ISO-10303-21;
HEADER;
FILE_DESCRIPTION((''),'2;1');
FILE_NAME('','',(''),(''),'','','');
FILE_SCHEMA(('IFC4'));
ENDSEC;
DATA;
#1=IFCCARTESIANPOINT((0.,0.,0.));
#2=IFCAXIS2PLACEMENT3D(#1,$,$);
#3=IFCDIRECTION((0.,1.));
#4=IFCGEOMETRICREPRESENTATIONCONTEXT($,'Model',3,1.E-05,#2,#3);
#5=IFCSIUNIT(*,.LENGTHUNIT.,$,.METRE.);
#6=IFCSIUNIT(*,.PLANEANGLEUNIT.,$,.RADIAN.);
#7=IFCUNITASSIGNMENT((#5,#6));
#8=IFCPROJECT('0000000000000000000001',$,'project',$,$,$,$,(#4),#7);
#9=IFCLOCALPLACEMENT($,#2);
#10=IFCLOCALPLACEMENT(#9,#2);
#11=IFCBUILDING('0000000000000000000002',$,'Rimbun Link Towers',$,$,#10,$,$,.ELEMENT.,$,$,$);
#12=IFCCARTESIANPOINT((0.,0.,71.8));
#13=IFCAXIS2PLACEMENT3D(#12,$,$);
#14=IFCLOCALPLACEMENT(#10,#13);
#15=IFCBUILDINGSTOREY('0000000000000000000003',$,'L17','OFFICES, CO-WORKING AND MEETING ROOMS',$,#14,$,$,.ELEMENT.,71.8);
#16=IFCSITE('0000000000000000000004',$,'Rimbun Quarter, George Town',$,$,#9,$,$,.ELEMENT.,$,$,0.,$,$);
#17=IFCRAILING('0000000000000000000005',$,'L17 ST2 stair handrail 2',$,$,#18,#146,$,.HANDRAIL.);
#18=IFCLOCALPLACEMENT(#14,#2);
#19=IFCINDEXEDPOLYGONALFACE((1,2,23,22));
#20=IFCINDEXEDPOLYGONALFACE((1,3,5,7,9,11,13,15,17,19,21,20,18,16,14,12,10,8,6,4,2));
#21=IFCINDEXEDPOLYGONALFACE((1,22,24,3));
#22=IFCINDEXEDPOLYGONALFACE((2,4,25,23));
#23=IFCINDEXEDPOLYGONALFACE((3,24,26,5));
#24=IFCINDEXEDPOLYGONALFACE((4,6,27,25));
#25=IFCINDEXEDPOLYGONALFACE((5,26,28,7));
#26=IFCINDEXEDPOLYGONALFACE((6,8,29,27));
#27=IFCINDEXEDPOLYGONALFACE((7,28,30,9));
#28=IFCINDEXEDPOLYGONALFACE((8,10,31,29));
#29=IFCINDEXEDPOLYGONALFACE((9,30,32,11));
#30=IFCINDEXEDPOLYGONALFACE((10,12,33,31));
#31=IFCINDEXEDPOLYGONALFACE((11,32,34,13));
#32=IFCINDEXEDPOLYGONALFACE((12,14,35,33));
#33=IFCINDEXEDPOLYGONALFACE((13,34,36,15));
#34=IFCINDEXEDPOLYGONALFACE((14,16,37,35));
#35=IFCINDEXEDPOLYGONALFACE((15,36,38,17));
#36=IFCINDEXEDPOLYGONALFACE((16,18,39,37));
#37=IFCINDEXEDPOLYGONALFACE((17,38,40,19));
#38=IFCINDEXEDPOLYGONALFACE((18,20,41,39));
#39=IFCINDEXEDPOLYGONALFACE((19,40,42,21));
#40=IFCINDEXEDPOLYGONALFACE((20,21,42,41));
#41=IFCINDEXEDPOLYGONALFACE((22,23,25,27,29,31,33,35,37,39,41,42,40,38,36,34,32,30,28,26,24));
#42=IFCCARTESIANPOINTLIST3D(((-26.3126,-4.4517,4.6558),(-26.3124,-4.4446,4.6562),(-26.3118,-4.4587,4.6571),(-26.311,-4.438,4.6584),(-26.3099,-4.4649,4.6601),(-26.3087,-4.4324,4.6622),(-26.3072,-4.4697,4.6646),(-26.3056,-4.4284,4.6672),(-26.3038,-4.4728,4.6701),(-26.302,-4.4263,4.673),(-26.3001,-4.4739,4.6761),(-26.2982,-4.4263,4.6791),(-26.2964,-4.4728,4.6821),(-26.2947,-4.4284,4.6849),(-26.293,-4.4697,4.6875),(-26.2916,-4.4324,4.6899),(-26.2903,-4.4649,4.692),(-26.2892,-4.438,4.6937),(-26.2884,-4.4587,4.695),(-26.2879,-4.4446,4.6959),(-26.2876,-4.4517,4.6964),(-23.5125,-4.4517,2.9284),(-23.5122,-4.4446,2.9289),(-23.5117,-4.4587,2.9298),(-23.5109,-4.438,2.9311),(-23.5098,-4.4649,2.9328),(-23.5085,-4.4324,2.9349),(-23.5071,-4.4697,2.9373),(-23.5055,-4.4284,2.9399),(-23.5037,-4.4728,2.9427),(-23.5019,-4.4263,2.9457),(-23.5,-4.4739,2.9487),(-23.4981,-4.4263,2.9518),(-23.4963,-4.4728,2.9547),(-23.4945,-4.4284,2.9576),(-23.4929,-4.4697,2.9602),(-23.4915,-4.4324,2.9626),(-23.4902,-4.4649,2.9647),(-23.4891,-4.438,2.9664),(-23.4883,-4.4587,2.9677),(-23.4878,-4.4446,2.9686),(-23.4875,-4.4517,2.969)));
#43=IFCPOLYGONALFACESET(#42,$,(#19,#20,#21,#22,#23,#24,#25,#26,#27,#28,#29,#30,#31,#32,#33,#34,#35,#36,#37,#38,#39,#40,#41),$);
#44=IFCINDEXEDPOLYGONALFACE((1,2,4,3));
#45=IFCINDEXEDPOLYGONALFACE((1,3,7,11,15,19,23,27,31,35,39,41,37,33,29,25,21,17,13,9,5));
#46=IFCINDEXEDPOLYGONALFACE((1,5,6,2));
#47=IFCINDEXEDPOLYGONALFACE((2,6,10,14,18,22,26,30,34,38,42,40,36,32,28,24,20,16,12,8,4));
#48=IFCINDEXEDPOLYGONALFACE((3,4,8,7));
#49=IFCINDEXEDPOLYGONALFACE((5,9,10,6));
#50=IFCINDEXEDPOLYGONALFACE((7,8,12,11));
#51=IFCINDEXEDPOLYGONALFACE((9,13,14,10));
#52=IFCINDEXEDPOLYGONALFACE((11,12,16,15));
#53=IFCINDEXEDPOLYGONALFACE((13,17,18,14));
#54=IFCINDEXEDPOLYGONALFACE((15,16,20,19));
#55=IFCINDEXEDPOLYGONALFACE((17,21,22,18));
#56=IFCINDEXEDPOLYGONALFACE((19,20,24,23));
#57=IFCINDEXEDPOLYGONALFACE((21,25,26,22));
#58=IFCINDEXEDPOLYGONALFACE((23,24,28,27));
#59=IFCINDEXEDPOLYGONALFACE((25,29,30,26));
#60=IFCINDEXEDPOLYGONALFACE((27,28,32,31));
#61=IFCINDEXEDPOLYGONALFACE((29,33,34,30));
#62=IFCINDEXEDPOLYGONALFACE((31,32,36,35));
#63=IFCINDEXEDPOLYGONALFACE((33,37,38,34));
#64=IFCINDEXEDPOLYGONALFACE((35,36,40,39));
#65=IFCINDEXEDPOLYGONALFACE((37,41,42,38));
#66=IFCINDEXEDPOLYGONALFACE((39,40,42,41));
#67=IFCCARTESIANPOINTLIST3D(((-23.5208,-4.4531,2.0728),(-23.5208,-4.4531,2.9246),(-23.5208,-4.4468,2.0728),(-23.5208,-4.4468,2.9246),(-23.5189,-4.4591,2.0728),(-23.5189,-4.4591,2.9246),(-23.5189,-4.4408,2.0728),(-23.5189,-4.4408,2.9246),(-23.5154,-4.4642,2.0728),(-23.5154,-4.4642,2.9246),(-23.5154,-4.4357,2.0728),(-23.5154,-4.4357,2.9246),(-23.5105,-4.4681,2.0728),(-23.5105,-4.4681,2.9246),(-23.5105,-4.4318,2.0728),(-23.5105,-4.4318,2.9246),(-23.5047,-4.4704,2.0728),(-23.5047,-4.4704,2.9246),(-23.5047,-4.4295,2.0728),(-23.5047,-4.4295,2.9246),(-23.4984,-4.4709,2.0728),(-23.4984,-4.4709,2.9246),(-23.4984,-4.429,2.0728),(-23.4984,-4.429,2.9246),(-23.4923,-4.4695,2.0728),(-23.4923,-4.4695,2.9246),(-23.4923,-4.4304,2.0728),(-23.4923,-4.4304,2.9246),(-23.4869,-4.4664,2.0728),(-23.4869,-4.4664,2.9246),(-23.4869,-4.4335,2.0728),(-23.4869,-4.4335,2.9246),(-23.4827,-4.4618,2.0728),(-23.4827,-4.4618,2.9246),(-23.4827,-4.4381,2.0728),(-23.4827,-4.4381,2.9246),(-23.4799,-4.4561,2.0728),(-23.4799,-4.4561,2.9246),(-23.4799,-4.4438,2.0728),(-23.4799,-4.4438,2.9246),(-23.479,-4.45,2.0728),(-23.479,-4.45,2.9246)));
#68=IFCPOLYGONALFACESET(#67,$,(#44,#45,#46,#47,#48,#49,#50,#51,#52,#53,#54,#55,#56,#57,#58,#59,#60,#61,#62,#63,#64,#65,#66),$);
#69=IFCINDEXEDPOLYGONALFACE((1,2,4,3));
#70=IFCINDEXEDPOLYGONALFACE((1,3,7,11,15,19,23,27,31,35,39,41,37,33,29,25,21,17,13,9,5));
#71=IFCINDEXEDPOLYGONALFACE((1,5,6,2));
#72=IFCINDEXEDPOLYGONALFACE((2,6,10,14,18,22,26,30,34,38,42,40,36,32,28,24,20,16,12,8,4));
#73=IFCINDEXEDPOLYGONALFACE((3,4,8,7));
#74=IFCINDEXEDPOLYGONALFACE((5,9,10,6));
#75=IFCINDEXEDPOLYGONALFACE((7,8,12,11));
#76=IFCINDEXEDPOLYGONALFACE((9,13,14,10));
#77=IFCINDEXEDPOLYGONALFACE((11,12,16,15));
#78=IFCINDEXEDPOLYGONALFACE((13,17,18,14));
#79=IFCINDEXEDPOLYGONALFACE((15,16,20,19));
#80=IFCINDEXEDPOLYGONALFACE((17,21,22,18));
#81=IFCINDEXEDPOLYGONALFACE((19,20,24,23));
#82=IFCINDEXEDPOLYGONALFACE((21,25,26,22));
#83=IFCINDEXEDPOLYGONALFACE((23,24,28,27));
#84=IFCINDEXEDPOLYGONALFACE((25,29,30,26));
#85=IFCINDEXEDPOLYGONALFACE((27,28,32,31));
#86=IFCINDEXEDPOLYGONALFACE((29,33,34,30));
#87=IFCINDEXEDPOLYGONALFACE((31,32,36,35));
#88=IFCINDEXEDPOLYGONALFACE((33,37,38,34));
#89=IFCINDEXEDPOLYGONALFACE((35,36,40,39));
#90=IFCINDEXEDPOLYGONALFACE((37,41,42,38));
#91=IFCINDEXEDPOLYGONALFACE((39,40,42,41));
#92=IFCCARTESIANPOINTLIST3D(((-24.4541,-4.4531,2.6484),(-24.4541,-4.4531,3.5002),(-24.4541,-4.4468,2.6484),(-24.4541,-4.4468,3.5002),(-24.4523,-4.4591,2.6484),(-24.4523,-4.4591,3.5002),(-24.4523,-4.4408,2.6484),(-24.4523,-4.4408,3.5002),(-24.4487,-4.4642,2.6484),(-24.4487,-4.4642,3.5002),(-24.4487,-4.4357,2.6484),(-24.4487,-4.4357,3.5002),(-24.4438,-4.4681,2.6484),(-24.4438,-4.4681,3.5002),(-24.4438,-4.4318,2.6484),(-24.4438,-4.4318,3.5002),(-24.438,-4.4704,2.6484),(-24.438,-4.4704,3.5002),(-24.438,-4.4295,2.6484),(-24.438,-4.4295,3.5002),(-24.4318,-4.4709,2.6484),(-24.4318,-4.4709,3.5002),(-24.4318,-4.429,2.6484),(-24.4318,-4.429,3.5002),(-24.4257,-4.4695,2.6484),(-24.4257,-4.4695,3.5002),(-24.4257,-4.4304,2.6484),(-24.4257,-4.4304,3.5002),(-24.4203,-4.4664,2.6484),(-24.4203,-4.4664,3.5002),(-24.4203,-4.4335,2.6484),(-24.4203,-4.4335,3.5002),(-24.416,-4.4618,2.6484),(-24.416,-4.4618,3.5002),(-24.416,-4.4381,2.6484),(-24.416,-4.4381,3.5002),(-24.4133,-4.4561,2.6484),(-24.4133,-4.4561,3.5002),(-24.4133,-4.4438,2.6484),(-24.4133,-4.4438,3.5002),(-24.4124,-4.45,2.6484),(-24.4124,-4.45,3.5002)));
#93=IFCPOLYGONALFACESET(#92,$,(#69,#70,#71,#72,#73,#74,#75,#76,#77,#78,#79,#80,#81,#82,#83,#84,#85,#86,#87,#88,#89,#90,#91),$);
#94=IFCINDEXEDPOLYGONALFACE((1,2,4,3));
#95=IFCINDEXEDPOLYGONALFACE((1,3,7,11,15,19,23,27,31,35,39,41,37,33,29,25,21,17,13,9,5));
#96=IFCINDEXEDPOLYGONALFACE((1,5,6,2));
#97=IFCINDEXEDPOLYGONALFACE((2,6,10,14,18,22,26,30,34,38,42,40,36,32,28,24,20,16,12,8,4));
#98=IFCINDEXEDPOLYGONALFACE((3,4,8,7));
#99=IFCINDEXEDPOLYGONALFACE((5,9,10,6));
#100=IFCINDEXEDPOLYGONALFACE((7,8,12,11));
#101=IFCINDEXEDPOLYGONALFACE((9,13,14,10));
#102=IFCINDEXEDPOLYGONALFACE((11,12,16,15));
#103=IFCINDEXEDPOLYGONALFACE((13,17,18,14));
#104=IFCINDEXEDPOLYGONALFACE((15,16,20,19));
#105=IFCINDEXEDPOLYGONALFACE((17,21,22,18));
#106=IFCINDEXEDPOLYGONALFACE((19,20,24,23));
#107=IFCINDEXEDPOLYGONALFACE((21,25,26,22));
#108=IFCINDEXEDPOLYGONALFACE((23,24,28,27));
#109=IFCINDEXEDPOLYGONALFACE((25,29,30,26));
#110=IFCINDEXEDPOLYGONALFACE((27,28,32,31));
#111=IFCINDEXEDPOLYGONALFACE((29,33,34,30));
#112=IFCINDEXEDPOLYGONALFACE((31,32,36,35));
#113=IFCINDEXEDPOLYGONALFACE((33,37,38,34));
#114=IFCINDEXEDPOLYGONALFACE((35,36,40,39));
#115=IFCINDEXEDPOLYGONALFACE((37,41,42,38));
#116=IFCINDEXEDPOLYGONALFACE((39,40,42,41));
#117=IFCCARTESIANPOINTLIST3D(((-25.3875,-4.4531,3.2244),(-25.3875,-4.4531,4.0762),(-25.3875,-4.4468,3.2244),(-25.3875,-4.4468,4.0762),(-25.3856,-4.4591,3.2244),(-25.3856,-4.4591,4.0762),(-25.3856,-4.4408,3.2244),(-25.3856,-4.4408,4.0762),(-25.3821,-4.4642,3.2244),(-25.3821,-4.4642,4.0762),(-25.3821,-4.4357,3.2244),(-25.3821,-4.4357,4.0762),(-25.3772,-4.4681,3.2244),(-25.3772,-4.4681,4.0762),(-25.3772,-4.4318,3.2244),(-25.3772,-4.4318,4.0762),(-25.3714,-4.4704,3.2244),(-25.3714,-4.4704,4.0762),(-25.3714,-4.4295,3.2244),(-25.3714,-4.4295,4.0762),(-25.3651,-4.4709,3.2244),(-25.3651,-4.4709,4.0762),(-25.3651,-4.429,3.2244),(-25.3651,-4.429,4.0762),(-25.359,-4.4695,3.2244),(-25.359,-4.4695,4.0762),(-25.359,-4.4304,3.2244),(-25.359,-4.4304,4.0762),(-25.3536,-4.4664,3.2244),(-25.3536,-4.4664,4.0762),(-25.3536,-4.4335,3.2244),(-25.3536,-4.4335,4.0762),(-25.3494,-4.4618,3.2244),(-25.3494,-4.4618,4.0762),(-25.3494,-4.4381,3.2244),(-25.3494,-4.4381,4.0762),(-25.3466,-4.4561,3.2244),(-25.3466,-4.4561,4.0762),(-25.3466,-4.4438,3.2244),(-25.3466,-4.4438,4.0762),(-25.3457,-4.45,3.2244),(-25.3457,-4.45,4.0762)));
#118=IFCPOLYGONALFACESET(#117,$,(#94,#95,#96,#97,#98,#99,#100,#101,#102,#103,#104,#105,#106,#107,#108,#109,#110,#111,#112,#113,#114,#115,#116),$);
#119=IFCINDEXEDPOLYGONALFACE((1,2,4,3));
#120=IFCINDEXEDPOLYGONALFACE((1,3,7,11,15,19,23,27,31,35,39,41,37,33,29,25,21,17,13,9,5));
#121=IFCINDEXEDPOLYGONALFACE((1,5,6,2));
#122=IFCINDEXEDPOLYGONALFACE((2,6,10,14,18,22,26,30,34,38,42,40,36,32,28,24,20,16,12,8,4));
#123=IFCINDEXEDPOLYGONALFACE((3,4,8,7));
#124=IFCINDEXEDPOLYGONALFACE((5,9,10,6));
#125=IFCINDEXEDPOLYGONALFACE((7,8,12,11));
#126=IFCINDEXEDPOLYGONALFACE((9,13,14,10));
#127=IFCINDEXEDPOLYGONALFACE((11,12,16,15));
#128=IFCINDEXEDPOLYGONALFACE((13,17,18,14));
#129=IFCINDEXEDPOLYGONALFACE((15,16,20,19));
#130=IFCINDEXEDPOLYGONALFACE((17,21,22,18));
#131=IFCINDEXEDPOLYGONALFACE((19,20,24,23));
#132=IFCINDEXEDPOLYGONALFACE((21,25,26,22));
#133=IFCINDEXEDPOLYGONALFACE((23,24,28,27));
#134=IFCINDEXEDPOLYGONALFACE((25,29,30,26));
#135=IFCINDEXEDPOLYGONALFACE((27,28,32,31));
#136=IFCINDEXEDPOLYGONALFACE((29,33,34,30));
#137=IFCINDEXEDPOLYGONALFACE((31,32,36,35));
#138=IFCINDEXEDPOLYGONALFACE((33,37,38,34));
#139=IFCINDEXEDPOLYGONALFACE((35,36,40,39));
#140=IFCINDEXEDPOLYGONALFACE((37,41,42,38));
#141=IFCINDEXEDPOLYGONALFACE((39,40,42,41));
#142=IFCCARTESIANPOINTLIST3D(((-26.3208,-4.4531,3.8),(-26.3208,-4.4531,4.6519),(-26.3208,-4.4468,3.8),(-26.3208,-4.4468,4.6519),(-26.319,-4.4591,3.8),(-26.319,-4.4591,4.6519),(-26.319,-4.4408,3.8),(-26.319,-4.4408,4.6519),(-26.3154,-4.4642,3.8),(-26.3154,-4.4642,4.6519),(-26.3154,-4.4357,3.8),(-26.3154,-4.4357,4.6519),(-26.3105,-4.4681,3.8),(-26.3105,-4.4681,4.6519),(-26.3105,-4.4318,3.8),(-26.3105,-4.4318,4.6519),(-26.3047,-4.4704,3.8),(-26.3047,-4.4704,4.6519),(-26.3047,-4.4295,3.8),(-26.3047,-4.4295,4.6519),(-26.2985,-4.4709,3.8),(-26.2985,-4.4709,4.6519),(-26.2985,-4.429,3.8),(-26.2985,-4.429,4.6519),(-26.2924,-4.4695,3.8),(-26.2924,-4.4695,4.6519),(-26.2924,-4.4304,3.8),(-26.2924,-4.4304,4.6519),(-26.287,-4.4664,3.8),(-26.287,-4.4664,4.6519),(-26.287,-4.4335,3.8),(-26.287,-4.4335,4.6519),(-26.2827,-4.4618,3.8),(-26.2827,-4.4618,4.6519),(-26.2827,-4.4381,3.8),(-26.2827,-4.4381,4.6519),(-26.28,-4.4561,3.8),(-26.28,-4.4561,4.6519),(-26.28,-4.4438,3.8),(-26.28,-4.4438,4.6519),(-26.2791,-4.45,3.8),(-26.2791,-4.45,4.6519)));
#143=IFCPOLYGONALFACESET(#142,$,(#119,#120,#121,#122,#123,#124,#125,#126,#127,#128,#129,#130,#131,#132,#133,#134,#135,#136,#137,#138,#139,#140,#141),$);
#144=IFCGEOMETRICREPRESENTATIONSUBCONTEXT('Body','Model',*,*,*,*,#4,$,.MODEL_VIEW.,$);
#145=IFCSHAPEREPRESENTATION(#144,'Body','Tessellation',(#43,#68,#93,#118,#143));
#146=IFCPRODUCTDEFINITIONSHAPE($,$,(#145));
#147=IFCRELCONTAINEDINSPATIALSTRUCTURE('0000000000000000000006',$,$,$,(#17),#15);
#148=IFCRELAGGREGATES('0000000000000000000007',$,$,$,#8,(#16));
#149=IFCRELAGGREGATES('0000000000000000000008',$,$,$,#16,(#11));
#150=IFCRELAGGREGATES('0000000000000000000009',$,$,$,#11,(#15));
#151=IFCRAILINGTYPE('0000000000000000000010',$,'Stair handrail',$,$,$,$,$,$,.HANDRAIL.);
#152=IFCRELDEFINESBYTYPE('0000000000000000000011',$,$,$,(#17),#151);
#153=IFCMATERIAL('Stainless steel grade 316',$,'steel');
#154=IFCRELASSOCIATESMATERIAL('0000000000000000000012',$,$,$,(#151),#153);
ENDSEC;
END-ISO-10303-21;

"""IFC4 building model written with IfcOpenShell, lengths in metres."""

from ifc_helpers import new_model, si_unit, direction, frame, origin, origin_2d, place, context, subcontext, project, spatial, circle, extrude, material, type_object, element, save


model = new_model("IFC4")

# Units and contexts
model_context = context("Model", 3, precision=1e-05, world=origin(), true_north=direction((0.0, 1.0)))
body_context = subcontext(model_context, "Body", "Model", "MODEL_VIEW")
ifc_project = project(units=[si_unit("LENGTHUNIT", "METRE"), si_unit("PLANEANGLEUNIT", "RADIAN")], contexts=[model_context])

# Site, building, storey
site_placement = place(None, origin())
site = spatial("IfcSite", under=ifc_project, at=site_placement, Name="Rimbun Quarter, George Town", CompositionType="ELEMENT", RefElevation=0.0)
building_placement = place(site_placement, origin())
building = spatial("IfcBuilding", under=site, at=building_placement, Name="Rimbun Link Towers", CompositionType="ELEMENT")
storey_placement = place(building_placement, frame((0.0, 0.0, 71.8)))
storey = spatial("IfcBuildingStorey", under=building, at=storey_placement, Name="L17", Description="OFFICES, CO-WORKING AND MEETING ROOMS", CompositionType="ELEMENT", Elevation=71.8)

# Railing
ifc_material_1 = material(Name="Stainless steel grade 316", Category="steel")
railing_type_1 = type_object("IfcRailingType", Name="Stair handrail", PredefinedType="HANDRAIL", material=ifc_material_1)
railing_1_placement = place(storey_placement, frame((-23.5, -4.45, 2.0728)))
element("IfcRailing", 1, at=railing_1_placement, inside=storey, type_object=railing_type_1, Name="L17 ST2 stair handrail 2", PredefinedType="HANDRAIL", context=body_context, shape_type="SweptSolid", body=[
    extrude(circle(Radius=0.0239, at=origin_2d()), frame((0.0, 0.0, 0.876), z_axis=(-0.85109, 0.0, 0.52502), x_axis=(0.0, -1.0, 0.0)), (0.0, 0.0, 1.0), 3.29),
    extrude(circle(Radius=0.021, at=origin_2d()), origin(), (0.0, 0.0, 1.0), 0.8518),
    extrude(circle(Radius=0.021, at=origin_2d()), frame((-0.9333, 0.0, 0.5757)), (0.0, 0.0, 1.0), 0.8518),
    extrude(circle(Radius=0.021, at=origin_2d()), frame((-1.8667, 0.0, 1.1516)), (0.0, 0.0, 1.0), 0.8518),
    extrude(circle(Radius=0.021, at=origin_2d()), frame((-2.8, 0.0, 1.7273)), (0.0, 0.0, 1.0), 0.8518),
])

save(model, "model.ifc")
